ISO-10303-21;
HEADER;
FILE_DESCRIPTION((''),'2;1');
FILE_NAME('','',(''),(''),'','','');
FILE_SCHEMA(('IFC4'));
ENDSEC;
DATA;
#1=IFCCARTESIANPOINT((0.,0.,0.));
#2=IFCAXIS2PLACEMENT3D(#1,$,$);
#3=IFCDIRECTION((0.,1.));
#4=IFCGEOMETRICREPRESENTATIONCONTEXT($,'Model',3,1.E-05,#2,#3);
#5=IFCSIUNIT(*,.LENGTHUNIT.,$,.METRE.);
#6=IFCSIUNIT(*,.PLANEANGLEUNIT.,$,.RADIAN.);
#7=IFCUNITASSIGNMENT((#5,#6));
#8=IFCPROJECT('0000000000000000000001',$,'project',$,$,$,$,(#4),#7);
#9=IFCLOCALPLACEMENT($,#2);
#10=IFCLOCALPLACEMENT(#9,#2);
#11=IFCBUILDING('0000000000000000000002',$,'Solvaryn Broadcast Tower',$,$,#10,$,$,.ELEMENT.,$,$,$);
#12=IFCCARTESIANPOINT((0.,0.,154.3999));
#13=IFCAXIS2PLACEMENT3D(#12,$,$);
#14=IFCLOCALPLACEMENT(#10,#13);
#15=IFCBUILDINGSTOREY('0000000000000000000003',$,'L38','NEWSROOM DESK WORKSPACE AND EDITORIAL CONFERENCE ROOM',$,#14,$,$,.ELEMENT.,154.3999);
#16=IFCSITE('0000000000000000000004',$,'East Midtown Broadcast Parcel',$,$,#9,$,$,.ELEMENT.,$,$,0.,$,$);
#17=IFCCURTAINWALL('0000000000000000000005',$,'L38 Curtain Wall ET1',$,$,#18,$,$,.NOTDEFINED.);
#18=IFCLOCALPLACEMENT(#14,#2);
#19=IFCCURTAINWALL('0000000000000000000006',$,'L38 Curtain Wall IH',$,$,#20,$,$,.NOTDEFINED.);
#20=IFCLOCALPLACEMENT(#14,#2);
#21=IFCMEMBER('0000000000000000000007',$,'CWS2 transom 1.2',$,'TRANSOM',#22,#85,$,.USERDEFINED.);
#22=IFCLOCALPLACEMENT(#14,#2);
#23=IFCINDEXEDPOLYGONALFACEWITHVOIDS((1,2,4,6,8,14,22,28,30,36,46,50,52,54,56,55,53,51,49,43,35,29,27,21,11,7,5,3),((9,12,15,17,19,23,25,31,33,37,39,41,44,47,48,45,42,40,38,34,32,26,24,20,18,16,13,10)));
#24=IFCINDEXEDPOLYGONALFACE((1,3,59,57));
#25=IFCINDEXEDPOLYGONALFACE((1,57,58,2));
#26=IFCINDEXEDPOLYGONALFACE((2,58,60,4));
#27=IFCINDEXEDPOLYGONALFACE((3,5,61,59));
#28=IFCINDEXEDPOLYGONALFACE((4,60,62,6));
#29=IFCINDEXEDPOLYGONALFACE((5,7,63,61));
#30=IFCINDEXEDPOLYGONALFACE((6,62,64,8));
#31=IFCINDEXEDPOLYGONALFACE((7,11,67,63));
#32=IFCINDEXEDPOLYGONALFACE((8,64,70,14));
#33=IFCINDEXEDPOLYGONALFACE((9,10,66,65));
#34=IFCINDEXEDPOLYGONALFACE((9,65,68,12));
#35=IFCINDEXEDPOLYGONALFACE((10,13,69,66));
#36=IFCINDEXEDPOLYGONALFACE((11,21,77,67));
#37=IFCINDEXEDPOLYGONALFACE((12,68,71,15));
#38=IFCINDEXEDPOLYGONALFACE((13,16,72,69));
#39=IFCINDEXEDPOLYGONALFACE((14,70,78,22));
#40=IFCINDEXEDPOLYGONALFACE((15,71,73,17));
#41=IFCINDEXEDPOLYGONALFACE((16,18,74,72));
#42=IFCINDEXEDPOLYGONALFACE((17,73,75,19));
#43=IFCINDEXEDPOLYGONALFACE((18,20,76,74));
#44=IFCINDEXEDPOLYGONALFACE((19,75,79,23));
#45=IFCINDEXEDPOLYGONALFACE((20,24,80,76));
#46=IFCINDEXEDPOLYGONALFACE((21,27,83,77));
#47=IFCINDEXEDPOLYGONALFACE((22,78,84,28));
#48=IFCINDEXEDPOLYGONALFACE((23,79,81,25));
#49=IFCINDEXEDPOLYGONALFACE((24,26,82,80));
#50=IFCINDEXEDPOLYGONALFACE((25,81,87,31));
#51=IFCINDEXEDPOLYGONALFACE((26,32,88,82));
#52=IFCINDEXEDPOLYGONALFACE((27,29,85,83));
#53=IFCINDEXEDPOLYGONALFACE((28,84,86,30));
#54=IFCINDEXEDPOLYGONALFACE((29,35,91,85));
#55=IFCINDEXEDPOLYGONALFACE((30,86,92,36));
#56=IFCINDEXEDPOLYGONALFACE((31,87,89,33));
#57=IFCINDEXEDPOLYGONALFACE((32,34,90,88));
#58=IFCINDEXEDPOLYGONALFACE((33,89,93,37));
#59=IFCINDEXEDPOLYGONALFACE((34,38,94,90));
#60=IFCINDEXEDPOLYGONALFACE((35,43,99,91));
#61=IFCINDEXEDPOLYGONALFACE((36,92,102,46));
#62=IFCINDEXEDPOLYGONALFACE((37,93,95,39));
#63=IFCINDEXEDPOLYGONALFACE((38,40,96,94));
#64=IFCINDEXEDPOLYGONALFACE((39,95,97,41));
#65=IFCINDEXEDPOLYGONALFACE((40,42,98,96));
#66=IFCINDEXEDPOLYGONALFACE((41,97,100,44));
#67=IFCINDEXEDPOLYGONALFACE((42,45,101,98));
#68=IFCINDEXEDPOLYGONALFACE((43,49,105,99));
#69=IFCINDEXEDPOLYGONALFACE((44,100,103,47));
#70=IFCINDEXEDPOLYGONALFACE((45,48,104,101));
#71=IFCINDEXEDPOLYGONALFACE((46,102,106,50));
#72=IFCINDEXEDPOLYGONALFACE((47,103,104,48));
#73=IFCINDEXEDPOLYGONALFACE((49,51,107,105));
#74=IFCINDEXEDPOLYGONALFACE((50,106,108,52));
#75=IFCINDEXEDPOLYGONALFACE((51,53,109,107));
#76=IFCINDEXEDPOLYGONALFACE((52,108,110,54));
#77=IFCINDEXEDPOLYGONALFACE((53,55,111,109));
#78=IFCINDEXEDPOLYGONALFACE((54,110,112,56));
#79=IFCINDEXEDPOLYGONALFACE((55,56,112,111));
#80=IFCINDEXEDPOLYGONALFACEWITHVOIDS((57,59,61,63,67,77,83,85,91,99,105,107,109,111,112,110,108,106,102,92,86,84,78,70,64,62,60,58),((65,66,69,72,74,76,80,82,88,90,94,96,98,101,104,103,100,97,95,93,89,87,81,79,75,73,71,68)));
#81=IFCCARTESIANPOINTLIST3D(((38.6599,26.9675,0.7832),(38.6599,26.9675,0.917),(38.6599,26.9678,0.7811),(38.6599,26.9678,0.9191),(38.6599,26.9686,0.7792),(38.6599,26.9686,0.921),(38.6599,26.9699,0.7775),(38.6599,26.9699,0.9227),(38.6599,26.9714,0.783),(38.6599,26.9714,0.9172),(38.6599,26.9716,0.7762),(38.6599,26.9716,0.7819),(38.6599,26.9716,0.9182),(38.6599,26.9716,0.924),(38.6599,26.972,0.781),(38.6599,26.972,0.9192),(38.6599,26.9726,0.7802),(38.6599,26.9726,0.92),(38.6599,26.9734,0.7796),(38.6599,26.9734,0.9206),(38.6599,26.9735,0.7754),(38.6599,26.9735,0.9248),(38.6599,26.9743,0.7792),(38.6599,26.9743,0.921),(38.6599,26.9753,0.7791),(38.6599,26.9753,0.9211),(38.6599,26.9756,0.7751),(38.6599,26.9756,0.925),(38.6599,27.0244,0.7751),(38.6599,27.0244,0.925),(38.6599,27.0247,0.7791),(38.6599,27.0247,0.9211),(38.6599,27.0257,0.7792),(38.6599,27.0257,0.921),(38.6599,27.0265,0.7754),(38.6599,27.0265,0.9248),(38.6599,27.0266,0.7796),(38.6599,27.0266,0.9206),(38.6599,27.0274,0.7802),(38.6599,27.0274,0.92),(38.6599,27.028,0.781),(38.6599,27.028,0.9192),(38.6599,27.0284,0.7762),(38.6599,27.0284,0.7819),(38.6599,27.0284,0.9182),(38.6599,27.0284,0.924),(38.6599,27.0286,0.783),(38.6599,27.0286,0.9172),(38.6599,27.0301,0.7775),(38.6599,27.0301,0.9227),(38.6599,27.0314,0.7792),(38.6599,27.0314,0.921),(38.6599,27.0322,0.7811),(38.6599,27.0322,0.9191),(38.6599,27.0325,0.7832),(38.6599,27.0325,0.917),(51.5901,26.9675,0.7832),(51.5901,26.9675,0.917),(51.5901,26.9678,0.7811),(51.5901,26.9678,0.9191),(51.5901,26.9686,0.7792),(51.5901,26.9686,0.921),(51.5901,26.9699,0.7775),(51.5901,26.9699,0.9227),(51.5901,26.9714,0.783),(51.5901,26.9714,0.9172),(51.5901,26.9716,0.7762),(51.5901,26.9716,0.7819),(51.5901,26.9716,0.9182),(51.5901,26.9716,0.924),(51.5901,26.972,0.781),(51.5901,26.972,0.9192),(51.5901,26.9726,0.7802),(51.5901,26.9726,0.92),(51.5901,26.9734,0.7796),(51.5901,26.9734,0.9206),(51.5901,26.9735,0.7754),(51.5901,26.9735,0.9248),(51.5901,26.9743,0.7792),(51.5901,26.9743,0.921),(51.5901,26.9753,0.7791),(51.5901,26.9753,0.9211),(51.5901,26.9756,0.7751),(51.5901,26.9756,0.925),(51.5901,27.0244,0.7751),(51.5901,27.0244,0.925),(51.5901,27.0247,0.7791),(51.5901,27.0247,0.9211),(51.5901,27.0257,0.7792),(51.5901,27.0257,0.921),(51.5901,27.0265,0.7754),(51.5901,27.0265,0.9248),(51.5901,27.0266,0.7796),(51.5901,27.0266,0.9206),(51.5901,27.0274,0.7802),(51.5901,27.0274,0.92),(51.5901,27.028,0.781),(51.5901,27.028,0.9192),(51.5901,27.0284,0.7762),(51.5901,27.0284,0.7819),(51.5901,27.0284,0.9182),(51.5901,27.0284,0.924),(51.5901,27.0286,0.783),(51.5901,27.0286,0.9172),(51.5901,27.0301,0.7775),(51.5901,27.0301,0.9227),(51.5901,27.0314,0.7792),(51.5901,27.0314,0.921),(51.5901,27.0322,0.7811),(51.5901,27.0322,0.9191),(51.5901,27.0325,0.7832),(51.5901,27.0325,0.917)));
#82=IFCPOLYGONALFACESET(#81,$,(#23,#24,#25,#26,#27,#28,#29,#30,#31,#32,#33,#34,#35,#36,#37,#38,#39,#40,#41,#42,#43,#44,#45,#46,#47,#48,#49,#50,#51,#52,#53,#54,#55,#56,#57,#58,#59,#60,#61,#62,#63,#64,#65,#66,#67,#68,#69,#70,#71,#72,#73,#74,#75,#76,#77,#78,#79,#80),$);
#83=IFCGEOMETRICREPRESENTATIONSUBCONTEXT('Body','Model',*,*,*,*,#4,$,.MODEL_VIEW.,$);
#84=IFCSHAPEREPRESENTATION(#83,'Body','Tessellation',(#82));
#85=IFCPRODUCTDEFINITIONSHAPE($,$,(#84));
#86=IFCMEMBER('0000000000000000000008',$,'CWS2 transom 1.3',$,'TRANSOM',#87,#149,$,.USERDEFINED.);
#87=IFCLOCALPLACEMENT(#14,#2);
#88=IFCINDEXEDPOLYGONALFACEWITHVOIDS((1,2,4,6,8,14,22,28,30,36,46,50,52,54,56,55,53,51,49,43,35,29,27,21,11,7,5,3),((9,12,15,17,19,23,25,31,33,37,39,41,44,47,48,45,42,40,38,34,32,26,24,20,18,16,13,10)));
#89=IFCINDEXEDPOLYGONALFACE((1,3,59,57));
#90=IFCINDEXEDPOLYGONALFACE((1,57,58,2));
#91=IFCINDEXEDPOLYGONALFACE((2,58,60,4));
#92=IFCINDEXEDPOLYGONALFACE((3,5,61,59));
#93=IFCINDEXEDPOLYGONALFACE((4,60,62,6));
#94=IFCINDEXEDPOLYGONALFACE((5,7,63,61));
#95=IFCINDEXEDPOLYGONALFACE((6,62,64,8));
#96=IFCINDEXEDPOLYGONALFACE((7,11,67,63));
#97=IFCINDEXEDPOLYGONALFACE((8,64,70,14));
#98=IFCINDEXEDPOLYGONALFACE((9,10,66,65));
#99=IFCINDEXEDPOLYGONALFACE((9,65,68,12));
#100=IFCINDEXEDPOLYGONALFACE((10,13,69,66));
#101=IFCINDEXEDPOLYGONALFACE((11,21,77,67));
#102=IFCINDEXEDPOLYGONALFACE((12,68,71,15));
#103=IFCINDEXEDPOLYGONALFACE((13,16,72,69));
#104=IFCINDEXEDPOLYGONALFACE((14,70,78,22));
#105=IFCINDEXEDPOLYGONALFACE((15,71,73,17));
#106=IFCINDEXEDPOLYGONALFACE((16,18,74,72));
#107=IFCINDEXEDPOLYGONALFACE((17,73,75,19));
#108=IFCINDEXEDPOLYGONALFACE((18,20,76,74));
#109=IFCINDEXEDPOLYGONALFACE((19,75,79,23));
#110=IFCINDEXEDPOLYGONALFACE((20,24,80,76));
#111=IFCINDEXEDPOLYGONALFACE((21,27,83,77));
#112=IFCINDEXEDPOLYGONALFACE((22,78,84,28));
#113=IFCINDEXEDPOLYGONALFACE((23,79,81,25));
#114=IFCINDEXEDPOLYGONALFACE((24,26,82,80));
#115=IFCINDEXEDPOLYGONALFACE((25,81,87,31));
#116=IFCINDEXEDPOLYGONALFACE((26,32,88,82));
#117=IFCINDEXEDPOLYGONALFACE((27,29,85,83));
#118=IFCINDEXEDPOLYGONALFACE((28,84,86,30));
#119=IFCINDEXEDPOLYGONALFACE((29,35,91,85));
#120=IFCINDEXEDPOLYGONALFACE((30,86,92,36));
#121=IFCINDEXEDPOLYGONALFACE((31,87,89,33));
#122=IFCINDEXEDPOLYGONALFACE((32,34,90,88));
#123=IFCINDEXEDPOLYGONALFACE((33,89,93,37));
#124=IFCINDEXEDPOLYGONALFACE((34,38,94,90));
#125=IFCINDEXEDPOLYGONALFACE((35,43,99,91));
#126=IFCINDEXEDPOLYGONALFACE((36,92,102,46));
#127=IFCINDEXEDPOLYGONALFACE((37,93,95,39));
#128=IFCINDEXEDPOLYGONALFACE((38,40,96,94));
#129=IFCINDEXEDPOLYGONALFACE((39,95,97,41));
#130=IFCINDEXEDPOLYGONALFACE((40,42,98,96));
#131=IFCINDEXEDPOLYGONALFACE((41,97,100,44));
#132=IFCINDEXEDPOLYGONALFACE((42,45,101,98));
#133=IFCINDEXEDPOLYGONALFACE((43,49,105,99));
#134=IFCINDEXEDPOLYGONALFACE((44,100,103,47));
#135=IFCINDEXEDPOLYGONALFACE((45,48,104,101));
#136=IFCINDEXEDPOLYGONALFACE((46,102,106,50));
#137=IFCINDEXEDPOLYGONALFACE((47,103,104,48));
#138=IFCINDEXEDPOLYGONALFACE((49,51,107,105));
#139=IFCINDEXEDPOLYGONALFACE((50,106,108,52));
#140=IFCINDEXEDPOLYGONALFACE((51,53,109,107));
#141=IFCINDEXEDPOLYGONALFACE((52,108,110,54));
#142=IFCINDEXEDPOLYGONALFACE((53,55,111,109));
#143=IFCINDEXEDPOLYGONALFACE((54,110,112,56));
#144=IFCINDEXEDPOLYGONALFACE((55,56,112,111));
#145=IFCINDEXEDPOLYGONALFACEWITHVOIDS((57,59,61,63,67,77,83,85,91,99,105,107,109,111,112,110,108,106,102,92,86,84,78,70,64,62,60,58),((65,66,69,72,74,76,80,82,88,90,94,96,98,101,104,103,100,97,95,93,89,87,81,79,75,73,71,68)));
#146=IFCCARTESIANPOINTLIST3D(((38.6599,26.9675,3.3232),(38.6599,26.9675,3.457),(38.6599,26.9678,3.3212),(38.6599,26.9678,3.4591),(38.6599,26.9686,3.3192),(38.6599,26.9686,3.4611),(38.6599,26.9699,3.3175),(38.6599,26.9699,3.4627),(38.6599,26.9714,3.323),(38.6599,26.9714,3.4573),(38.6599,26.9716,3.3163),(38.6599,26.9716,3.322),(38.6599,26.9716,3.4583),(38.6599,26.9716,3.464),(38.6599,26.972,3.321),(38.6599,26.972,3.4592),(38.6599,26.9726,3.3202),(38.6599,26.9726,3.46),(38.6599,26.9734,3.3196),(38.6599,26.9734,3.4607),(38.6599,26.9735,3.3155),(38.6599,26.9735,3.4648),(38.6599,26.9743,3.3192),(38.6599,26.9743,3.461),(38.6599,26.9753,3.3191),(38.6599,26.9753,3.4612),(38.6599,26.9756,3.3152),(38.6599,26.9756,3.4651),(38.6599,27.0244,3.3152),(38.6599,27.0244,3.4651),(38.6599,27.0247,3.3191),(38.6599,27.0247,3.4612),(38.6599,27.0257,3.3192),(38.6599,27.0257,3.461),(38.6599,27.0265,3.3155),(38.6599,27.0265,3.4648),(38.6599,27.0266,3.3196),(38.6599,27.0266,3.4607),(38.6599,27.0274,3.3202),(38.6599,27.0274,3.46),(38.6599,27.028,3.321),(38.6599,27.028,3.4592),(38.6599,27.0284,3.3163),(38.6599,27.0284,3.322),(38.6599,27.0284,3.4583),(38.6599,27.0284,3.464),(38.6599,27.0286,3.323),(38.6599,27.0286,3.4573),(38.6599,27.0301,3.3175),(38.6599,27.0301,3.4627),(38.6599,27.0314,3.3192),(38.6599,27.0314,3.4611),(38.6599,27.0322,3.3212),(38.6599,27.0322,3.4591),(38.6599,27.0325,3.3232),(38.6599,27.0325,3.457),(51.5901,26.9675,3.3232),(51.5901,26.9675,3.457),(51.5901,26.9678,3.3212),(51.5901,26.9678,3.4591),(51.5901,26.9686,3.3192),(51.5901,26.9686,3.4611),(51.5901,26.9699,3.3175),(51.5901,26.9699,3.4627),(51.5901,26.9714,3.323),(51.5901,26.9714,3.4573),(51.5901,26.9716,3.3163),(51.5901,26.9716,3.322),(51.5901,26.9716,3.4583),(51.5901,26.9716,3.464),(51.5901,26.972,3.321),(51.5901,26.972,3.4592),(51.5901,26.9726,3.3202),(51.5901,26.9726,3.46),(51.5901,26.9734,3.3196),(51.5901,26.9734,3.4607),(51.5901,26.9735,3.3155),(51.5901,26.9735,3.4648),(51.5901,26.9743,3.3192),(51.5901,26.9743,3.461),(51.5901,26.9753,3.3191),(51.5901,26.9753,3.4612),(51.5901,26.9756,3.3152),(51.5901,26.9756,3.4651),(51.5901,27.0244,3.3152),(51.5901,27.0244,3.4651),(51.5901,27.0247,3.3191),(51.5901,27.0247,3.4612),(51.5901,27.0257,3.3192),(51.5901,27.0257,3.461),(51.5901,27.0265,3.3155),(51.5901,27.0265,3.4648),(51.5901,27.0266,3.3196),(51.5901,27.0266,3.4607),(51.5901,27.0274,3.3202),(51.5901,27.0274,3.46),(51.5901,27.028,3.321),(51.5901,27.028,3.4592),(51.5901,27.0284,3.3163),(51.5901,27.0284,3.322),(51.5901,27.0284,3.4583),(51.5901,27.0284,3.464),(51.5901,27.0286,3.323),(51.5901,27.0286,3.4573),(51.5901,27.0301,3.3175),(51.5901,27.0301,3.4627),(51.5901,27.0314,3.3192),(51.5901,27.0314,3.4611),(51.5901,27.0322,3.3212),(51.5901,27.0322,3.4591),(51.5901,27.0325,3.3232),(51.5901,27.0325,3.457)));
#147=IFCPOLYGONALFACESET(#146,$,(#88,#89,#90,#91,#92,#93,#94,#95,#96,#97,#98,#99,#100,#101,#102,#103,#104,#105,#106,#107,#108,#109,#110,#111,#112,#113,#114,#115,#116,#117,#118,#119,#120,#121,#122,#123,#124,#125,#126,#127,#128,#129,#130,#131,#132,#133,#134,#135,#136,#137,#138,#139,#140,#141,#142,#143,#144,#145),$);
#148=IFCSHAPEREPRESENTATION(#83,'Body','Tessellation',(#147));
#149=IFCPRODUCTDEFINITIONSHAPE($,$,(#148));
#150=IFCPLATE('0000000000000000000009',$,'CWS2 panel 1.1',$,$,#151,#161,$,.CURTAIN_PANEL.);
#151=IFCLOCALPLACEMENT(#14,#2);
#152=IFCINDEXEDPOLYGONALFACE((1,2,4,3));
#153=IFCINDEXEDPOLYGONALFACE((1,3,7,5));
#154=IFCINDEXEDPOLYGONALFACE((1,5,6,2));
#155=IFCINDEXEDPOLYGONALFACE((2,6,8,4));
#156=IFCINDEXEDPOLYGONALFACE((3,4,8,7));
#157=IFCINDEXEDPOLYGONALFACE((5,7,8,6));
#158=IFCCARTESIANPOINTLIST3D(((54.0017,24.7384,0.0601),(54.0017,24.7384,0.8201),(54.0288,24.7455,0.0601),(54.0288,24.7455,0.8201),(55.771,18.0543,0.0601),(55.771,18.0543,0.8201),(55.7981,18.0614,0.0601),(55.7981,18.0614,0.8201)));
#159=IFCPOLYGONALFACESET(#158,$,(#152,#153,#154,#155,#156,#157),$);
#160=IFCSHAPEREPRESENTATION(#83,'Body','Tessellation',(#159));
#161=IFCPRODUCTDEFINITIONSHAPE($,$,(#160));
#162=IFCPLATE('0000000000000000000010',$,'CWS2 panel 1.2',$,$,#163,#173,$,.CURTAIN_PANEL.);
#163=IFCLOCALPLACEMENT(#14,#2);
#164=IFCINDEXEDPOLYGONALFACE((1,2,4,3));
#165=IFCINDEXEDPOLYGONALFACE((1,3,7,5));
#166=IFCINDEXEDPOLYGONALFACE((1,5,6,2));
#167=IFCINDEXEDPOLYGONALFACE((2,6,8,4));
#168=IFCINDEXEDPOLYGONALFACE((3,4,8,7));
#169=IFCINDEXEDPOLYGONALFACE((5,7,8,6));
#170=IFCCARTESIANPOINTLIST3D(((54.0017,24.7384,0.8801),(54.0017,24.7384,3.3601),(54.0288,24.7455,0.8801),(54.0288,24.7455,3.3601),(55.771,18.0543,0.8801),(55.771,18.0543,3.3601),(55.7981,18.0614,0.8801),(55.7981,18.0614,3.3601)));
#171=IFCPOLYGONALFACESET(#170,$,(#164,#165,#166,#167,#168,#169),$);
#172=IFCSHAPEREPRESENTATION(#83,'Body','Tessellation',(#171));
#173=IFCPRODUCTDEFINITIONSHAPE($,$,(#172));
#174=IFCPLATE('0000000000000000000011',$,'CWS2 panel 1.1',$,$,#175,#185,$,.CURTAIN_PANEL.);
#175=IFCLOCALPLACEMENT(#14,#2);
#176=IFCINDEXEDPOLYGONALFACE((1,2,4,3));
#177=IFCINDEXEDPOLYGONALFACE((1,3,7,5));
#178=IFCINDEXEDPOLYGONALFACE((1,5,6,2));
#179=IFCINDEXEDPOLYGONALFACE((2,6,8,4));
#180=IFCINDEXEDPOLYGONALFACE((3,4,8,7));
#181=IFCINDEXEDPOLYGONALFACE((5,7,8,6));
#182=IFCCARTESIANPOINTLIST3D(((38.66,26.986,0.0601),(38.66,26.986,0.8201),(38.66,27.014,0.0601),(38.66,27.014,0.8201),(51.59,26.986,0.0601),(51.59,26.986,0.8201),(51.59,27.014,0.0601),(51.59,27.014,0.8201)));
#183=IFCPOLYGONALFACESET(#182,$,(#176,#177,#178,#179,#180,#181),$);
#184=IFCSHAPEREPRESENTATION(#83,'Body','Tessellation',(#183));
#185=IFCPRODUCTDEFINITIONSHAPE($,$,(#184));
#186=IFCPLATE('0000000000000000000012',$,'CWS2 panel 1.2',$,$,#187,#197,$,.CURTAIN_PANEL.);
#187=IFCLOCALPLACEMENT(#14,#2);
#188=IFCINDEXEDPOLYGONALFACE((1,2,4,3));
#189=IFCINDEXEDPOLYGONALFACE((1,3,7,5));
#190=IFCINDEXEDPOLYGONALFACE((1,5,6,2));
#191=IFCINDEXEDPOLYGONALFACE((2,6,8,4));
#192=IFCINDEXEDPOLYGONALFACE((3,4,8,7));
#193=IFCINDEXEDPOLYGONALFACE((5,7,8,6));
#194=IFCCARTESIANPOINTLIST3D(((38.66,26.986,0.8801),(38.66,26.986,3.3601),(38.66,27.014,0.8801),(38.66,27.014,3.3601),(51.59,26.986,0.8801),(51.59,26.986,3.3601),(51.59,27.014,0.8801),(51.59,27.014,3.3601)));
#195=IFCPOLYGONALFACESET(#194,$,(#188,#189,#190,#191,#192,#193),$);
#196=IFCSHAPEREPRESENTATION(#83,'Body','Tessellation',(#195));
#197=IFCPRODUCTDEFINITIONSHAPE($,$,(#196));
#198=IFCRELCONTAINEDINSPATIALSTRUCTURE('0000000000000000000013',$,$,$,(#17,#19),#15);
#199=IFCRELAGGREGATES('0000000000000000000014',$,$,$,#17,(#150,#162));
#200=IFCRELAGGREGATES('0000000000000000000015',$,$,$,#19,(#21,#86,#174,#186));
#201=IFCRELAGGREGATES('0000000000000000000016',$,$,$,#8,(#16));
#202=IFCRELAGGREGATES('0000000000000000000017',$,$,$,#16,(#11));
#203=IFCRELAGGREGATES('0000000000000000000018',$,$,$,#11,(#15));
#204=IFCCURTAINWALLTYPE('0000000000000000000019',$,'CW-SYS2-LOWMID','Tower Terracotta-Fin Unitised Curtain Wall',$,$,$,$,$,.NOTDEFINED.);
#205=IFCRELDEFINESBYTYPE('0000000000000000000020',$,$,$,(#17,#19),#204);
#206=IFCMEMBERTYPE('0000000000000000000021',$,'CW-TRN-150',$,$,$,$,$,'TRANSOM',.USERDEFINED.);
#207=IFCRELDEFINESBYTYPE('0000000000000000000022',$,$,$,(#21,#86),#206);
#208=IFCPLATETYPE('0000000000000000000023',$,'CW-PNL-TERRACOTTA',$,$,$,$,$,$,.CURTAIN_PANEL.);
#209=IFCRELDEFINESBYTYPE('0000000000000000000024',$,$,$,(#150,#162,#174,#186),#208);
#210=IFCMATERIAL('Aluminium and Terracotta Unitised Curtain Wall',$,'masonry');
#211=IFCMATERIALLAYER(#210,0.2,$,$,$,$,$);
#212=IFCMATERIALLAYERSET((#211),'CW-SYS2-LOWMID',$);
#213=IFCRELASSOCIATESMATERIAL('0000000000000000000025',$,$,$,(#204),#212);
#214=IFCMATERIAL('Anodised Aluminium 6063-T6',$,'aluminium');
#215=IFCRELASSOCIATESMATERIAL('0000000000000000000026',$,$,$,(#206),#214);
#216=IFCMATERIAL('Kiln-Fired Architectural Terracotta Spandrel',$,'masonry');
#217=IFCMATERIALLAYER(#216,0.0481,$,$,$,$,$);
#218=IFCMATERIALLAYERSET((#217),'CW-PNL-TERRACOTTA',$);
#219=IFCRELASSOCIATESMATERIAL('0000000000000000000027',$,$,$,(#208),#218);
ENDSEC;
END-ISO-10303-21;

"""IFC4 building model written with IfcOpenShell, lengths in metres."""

from ifc_helpers import new_model, si_unit, direction, frame, origin, origin_2d, place, context, subcontext, project, spatial, rectangle, hollow_rectangle, extrude, material, layer, layer_set, material_profile, profile_set, type_object, element, aggregate, save


model = new_model("IFC4")

# Units and contexts
model_context = context("Model", 3, precision=1e-05, world=origin(), true_north=direction((0.0, 1.0)))
body_context = subcontext(model_context, "Body", "Model", "MODEL_VIEW")
ifc_project = project(units=[si_unit("LENGTHUNIT", "METRE"), si_unit("PLANEANGLEUNIT", "RADIAN")], contexts=[model_context])

# Site, building, storey
site_placement = place(None, origin())
site = spatial("IfcSite", under=ifc_project, at=site_placement, Name="East Midtown Broadcast Parcel", CompositionType="ELEMENT", RefElevation=0.0)
building_placement = place(site_placement, origin())
building = spatial("IfcBuilding", under=site, at=building_placement, Name="Solvaryn Broadcast Tower", CompositionType="ELEMENT")
storey_placement = place(building_placement, frame((0.0, 0.0, 154.3999)))
storey = spatial("IfcBuildingStorey", under=building, at=storey_placement, Name="L38", Description="NEWSROOM DESK WORKSPACE AND EDITORIAL CONFERENCE ROOM", CompositionType="ELEMENT", Elevation=154.3999)

# Curtain walls
ifc_material_1 = material(Name="Aluminium and Terracotta Unitised Curtain Wall", Category="masonry")
ifc_layer_1 = layer(ifc_material_1, 0.2)
ifc_layer_set_1 = layer_set([ifc_layer_1], Name="CW-SYS2-LOWMID")
curtain_wall_type = type_object("IfcCurtainWallType", Name="CW-SYS2-LOWMID", Description="Tower Terracotta-Fin Unitised Curtain Wall", PredefinedType="NOTDEFINED", material=ifc_layer_set_1)
curtain_wall_1_placement = place(storey_placement, origin())
curtain_wall_1 = element("IfcCurtainWall", 1, at=curtain_wall_1_placement, inside=storey, type_object=curtain_wall_type, Name="L38 Curtain Wall ET1", PredefinedType="NOTDEFINED")
curtain_wall_2_placement = place(storey_placement, origin())
curtain_wall_2 = element("IfcCurtainWall", 2, at=curtain_wall_2_placement, inside=storey, type_object=curtain_wall_type, Name="L38 Curtain Wall IH", PredefinedType="NOTDEFINED")

# Members
ifc_material_2 = material(Name="Anodised Aluminium 6063-T6", Category="aluminium")
ifc_material_profile_1 = material_profile(ifc_material_2, hollow_rectangle(XDim=0.0649, YDim=0.1499, WallThickness=0.0039, InnerFilletRadius=0.0039, OuterFilletRadius=0.0081, at=origin_2d()))
ifc_profile_set_1 = profile_set([ifc_material_profile_1], Name="Anodised Aluminium 6063-T6")
member_type_1 = type_object("IfcMemberType", Name="CW-TRN-150", ElementType="TRANSOM", PredefinedType="USERDEFINED", material=ifc_profile_set_1)
member_1_placement = place(storey_placement, frame((38.6599, 27.0, 0.8501), z_axis=(1.0, 0.0, 0.0), x_axis=(0.0, 1.0, 0.0)))
member_1 = element("IfcMember", 3, at=member_1_placement, type_object=member_type_1, Name="CWS2 transom 1.2", ObjectType="TRANSOM", PredefinedType="USERDEFINED", context=body_context, shape_type="SweptSolid", body=[
    extrude(hollow_rectangle(XDim=0.0649, YDim=0.1499, WallThickness=0.0039, InnerFilletRadius=0.0039, OuterFilletRadius=0.0081, at=origin_2d()), origin(), (0.0, 0.0, 1.0), 12.9302),
])
member_2_placement = place(storey_placement, frame((38.6599, 27.0, 3.3901), z_axis=(1.0, 0.0, 0.0), x_axis=(0.0, 1.0, 0.0)))
member_2 = element("IfcMember", 4, at=member_2_placement, type_object=member_type_1, Name="CWS2 transom 1.3", ObjectType="TRANSOM", PredefinedType="USERDEFINED", context=body_context, shape_type="SweptSolid", body=[
    extrude(hollow_rectangle(XDim=0.0649, YDim=0.1499, WallThickness=0.0039, InnerFilletRadius=0.0039, OuterFilletRadius=0.0081, at=origin_2d()), origin(), (0.0, 0.0, 1.0), 12.9302),
])

# Plates
ifc_material_3 = material(Name="Kiln-Fired Architectural Terracotta Spandrel", Category="masonry")
ifc_layer_2 = layer(ifc_material_3, 0.0481)
ifc_layer_set_2 = layer_set([ifc_layer_2], Name="CW-PNL-TERRACOTTA")
plate_type = type_object("IfcPlateType", Name="CW-PNL-TERRACOTTA", PredefinedType="CURTAIN_PANEL", material=ifc_layer_set_2)
plate_1_placement = place(storey_placement, frame((54.8999, 21.3999, 0.0601), z_axis=(0.0, 0.0, 1.0), x_axis=(0.255893, -0.966705, 0.0)))
plate_1 = element("IfcPlate", 5, at=plate_1_placement, type_object=plate_type, Name="CWS2 panel 1.1", PredefinedType="CURTAIN_PANEL", context=body_context, shape_type="SweptSolid", body=[
    extrude(rectangle(XDim=6.9143, YDim=0.0281, at=origin_2d()), origin(), (0.0, 0.0, 1.0), 0.76),
])
plate_2_placement = place(storey_placement, frame((54.8999, 21.3999, 0.8801), z_axis=(0.0, 0.0, 1.0), x_axis=(0.255893, -0.966705, 0.0)))
plate_2 = element("IfcPlate", 6, at=plate_2_placement, type_object=plate_type, Name="CWS2 panel 1.2", PredefinedType="CURTAIN_PANEL", context=body_context, shape_type="SweptSolid", body=[
    extrude(rectangle(XDim=6.9143, YDim=0.0281, at=origin_2d()), origin(), (0.0, 0.0, 1.0), 2.48),
])
aggregate(curtain_wall_1, [plate_1, plate_2])
plate_3_placement = place(storey_placement, frame((45.125, 27.0, 0.0601), z_axis=(0.0, 0.0, 1.0), x_axis=(1.0, 0.0, 0.0)))
plate_3 = element("IfcPlate", 7, at=plate_3_placement, type_object=plate_type, Name="CWS2 panel 1.1", PredefinedType="CURTAIN_PANEL", context=body_context, shape_type="SweptSolid", body=[
    extrude(rectangle(XDim=12.9299, YDim=0.0281, at=origin_2d()), origin(), (0.0, 0.0, 1.0), 0.76),
])
plate_4_placement = place(storey_placement, frame((45.125, 27.0, 0.8801), z_axis=(0.0, 0.0, 1.0), x_axis=(1.0, 0.0, 0.0)))
plate_4 = element("IfcPlate", 8, at=plate_4_placement, type_object=plate_type, Name="CWS2 panel 1.2", PredefinedType="CURTAIN_PANEL", context=body_context, shape_type="SweptSolid", body=[
    extrude(rectangle(XDim=12.9299, YDim=0.0281, at=origin_2d()), origin(), (0.0, 0.0, 1.0), 2.48),
])
aggregate(curtain_wall_2, [member_1, member_2, plate_3, plate_4])

save(model, "model.ifc")
